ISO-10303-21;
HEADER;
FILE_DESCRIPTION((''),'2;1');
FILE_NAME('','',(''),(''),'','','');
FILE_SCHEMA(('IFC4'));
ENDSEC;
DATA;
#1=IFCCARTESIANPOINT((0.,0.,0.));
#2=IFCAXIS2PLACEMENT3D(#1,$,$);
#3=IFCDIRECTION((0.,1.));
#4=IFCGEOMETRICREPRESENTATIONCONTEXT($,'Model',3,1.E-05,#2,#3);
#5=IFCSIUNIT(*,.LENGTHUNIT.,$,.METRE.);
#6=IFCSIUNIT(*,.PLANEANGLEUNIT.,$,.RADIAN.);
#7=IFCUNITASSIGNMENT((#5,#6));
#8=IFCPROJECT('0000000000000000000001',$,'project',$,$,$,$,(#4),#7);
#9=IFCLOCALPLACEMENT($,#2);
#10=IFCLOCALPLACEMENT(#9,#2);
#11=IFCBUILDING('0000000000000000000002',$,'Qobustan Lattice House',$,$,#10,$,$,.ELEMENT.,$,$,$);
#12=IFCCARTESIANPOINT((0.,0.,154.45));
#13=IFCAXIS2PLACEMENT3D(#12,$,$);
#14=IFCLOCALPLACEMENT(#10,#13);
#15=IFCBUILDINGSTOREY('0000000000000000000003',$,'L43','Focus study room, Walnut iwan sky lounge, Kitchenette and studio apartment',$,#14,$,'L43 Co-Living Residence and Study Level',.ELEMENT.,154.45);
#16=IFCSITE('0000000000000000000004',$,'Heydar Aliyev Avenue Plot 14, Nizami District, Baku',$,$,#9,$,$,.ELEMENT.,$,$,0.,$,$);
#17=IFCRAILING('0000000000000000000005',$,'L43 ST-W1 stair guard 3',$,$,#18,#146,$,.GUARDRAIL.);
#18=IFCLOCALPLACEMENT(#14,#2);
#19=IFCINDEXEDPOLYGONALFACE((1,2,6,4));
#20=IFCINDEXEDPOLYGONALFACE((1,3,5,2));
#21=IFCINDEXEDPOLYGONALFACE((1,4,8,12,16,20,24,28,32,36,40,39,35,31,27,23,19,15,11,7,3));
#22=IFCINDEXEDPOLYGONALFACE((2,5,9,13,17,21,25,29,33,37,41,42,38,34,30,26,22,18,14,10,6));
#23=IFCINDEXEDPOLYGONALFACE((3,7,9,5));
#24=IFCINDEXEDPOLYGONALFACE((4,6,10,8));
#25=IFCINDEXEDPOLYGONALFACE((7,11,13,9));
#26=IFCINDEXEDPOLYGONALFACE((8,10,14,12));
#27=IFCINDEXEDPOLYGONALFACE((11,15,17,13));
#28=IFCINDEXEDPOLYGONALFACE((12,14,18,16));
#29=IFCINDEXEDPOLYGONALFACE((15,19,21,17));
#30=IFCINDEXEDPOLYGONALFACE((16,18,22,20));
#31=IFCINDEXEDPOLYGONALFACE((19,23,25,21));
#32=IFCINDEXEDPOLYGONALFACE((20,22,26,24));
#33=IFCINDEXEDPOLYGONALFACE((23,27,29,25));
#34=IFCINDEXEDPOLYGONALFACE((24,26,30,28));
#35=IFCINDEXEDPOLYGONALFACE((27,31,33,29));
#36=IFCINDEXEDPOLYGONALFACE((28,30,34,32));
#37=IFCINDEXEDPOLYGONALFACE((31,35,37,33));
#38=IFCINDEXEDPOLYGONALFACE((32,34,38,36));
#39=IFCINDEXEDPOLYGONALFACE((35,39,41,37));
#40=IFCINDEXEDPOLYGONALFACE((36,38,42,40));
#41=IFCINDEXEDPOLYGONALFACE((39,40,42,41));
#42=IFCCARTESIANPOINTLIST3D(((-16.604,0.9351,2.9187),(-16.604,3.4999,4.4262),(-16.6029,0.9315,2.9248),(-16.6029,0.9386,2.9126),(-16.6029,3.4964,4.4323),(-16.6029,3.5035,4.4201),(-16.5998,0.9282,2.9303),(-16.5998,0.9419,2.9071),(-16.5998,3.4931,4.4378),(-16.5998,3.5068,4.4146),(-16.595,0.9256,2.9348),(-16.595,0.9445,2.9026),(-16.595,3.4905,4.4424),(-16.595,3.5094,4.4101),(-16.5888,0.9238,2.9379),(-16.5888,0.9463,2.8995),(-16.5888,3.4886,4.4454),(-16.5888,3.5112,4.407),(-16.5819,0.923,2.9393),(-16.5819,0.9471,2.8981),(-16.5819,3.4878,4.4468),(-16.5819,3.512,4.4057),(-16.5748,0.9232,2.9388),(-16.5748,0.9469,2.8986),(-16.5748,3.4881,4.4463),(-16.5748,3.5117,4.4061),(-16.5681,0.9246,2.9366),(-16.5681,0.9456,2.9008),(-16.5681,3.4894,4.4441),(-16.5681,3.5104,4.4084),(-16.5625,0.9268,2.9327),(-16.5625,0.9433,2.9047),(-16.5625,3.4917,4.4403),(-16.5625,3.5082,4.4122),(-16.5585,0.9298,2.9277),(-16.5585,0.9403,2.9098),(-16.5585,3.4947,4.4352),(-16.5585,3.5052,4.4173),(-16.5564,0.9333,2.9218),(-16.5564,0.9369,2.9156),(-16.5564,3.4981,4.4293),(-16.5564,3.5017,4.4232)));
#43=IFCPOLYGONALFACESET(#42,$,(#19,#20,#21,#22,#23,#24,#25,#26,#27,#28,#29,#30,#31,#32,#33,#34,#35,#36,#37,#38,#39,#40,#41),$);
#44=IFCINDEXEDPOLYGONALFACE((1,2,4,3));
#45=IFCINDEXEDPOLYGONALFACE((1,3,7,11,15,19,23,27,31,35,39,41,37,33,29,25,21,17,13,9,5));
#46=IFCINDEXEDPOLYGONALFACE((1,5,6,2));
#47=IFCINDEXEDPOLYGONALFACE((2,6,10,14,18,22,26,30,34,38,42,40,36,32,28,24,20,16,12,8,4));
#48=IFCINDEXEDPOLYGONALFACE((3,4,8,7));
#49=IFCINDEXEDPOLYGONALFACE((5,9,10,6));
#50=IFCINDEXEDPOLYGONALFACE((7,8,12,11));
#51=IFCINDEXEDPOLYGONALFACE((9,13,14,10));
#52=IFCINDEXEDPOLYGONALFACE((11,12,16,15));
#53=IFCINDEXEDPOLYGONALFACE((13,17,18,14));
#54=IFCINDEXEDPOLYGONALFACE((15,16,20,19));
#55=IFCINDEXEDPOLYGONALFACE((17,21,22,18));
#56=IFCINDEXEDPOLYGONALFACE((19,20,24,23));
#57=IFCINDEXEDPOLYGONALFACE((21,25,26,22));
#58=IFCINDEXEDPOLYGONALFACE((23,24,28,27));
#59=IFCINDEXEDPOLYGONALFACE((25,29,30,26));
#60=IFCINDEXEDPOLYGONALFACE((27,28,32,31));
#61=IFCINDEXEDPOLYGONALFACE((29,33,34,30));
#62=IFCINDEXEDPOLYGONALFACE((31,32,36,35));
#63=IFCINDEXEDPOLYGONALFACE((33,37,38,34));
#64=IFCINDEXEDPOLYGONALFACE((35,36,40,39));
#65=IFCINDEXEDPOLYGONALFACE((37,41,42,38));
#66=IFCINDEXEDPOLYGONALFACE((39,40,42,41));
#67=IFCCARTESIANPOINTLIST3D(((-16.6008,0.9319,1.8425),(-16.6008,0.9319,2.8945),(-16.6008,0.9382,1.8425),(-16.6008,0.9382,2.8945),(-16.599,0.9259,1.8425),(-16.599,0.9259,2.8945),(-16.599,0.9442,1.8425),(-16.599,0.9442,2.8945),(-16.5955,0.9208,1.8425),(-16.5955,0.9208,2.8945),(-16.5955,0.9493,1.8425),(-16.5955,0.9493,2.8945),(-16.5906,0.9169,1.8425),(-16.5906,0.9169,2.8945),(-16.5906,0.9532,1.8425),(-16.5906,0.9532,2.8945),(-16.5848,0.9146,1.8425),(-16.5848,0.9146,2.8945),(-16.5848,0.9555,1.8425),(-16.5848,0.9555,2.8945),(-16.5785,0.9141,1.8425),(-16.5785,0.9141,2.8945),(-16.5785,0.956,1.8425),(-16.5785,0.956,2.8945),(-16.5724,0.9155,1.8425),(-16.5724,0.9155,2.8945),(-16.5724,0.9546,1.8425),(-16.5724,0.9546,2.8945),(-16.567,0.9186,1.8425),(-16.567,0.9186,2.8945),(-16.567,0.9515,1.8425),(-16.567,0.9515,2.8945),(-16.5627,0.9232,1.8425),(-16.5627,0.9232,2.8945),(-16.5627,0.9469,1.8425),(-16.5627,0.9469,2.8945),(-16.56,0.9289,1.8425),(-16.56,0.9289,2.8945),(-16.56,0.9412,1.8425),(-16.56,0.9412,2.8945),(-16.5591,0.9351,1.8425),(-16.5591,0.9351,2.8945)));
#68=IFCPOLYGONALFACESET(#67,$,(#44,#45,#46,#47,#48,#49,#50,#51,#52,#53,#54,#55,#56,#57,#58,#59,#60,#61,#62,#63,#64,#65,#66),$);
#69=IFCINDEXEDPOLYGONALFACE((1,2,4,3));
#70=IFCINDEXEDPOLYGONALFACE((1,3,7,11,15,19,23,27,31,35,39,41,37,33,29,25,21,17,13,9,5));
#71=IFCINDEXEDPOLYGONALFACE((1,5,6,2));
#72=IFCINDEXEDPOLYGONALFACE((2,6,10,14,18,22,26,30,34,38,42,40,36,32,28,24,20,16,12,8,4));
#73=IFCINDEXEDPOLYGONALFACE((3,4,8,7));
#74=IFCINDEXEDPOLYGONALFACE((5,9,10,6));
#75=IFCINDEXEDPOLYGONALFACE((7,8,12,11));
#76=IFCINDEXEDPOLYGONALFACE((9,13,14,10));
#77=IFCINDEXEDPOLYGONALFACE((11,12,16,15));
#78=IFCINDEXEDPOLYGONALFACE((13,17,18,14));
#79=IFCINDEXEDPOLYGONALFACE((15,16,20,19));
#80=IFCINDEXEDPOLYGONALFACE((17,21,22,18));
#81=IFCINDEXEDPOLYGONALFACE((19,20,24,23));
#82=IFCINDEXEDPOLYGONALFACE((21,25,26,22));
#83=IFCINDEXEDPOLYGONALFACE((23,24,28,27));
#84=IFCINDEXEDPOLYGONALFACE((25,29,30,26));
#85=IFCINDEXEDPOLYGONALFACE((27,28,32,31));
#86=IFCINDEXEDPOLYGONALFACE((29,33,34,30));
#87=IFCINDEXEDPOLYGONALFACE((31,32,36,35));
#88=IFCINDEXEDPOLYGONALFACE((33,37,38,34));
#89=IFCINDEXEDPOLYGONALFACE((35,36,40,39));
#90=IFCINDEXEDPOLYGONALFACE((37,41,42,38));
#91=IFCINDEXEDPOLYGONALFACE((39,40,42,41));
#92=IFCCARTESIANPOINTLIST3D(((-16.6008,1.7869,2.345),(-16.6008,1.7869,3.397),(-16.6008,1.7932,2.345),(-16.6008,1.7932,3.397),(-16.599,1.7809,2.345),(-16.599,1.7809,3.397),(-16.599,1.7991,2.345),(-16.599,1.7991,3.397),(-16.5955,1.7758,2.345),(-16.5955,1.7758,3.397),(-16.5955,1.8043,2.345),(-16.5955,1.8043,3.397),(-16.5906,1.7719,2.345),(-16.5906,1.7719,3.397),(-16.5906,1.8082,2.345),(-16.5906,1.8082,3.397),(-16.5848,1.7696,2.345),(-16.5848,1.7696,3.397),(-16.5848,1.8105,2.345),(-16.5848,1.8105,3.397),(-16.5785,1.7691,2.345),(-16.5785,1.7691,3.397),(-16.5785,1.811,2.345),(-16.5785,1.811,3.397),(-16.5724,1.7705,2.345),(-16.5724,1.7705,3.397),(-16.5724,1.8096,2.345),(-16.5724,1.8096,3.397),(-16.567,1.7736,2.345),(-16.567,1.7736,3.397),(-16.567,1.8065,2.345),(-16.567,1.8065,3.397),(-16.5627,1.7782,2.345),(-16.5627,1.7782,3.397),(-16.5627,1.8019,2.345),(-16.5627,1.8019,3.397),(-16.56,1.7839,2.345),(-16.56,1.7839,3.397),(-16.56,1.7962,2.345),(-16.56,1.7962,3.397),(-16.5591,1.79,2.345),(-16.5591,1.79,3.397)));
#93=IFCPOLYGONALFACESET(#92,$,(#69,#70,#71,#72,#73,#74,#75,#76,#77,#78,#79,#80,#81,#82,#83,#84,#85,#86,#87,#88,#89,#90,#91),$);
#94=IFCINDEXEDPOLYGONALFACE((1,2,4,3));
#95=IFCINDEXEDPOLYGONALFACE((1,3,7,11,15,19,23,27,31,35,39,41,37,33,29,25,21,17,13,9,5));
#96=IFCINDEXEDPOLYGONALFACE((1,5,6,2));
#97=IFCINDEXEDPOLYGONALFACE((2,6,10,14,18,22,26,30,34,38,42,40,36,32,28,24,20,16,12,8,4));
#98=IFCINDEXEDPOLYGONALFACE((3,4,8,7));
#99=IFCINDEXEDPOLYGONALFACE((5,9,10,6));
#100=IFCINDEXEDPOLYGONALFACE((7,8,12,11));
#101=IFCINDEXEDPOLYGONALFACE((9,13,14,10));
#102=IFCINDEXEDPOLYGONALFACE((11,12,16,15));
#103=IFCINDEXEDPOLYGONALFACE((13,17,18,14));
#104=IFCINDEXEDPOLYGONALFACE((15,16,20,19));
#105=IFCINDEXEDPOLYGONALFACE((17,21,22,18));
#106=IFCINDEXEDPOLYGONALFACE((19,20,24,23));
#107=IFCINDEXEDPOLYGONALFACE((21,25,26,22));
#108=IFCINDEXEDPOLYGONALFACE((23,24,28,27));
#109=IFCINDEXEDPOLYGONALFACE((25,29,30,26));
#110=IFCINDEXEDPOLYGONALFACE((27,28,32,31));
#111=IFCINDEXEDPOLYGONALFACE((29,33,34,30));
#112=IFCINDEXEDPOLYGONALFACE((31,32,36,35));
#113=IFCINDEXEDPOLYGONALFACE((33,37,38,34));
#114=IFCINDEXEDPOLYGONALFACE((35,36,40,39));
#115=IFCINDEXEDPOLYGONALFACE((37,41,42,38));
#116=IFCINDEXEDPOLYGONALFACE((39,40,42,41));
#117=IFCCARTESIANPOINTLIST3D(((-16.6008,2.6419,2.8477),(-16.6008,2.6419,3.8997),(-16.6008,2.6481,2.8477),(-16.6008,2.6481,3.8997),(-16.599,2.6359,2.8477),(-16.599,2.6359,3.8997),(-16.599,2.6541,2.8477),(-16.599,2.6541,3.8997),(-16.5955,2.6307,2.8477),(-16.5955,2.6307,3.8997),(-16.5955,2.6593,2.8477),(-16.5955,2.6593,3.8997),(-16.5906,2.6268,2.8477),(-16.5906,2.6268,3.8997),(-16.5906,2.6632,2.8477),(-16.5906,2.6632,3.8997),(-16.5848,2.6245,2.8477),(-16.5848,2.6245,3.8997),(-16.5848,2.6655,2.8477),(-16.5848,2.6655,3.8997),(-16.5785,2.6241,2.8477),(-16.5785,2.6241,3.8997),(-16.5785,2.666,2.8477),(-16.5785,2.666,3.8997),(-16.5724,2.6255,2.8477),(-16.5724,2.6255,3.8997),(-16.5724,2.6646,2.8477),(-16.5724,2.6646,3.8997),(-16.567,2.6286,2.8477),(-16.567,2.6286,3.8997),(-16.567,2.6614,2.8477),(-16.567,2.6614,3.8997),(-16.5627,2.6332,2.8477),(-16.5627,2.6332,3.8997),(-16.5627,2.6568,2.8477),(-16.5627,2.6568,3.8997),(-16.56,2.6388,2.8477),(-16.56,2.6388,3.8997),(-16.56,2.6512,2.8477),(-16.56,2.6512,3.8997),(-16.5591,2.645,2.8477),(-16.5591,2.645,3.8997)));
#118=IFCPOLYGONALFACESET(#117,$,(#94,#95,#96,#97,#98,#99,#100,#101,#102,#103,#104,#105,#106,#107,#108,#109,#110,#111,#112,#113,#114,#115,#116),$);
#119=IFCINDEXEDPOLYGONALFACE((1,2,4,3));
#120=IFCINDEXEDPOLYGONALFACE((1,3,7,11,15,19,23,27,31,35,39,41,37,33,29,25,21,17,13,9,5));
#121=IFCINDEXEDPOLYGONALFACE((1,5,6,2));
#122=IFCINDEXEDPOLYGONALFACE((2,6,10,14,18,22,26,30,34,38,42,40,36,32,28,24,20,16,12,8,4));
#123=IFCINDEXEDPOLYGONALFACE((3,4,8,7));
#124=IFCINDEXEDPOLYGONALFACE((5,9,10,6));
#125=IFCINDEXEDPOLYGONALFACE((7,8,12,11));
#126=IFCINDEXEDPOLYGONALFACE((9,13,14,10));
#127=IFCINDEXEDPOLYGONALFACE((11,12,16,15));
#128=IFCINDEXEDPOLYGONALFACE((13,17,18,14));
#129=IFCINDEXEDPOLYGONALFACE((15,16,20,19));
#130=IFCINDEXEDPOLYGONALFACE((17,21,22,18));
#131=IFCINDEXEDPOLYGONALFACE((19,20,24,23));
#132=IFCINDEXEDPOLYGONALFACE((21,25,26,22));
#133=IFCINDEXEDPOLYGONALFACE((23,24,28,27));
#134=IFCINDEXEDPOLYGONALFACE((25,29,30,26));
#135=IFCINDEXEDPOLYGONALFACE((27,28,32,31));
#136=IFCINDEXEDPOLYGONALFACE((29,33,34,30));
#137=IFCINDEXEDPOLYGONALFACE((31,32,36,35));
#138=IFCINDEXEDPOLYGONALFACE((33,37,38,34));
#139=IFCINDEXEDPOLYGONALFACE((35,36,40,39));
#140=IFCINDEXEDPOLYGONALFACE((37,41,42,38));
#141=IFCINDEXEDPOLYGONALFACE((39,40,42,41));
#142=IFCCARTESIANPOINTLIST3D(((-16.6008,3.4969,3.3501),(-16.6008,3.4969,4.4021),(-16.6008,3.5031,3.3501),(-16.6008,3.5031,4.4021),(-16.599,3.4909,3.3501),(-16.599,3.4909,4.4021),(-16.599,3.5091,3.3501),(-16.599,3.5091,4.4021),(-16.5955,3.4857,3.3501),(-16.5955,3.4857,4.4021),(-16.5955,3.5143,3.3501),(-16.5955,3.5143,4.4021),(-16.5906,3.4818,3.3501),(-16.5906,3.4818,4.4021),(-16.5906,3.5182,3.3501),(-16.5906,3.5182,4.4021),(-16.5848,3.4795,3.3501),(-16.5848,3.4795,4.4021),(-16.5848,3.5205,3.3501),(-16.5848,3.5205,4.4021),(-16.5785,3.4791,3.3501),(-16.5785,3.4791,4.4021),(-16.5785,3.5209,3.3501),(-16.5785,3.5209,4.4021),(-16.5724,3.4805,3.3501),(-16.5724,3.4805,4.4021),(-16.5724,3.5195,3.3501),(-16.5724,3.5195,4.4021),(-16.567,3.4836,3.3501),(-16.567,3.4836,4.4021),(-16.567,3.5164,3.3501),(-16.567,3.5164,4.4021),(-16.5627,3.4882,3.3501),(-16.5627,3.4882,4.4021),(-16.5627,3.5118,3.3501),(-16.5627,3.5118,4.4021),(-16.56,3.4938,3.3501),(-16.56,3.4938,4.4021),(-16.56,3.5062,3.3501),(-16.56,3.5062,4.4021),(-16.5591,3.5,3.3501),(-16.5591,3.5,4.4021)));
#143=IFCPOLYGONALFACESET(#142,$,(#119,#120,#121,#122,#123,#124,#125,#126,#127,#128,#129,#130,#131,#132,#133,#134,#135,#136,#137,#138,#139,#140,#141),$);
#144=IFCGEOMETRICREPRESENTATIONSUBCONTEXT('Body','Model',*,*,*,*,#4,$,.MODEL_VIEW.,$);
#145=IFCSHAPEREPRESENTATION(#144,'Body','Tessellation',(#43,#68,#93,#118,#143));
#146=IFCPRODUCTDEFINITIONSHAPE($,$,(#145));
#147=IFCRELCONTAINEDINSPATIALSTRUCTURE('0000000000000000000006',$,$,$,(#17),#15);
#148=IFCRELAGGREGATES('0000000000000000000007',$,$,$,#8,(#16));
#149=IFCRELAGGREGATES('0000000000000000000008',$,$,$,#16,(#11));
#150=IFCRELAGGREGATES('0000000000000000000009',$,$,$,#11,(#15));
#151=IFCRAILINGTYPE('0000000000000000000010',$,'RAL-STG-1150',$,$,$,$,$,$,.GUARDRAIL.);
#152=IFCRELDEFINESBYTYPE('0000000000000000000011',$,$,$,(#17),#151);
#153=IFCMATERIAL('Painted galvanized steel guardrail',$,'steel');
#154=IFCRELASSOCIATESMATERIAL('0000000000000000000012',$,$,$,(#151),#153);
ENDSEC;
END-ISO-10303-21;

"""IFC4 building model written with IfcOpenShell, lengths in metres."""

from ifc_helpers import new_model, si_unit, direction, frame, origin, origin_2d, place, context, subcontext, project, spatial, circle, extrude, material, type_object, element, save


model = new_model("IFC4")

# Units and contexts
model_context = context("Model", 3, precision=1e-05, world=origin(), true_north=direction((0.0, 1.0)))
body_context = subcontext(model_context, "Body", "Model", "MODEL_VIEW")
ifc_project = project(units=[si_unit("LENGTHUNIT", "METRE"), si_unit("PLANEANGLEUNIT", "RADIAN")], contexts=[model_context])

# Site, building, storey
site_placement = place(None, origin())
site = spatial("IfcSite", under=ifc_project, at=site_placement, Name="Heydar Aliyev Avenue Plot 14, Nizami District, Baku", CompositionType="ELEMENT", RefElevation=0.0)
building_placement = place(site_placement, origin())
building = spatial("IfcBuilding", under=site, at=building_placement, Name="Qobustan Lattice House", CompositionType="ELEMENT")
storey_placement = place(building_placement, frame((0.0, 0.0, 154.45)))
storey = spatial("IfcBuildingStorey", under=building, at=storey_placement, Name="L43", Description="Focus study room, Walnut iwan sky lounge, Kitchenette and studio apartment", LongName="L43 Co-Living Residence and Study Level", CompositionType="ELEMENT", Elevation=154.45)

# Railing
ifc_material_1 = material(Name="Painted galvanized steel guardrail", Category="steel")
railing_type = type_object("IfcRailingType", Name="RAL-STG-1150", PredefinedType="GUARDRAIL", material=ifc_material_1)
railing_1_placement = place(storey_placement, frame((-16.5801, 0.9351, 1.8425)))
element("IfcRailing", 1, at=railing_1_placement, inside=storey, type_object=railing_type, Name="L43 ST-W1 stair guard 3", PredefinedType="GUARDRAIL", context=body_context, shape_type="SweptSolid", body=[
    extrude(circle(Radius=0.0239, at=origin_2d()), frame((0.0, 0.0, 1.0762), z_axis=(0.0, 0.862113, 0.506715), x_axis=(-1.0, 0.0, 0.0)), (0.0, 0.0, 1.0), 2.9751),
    extrude(circle(Radius=0.021, at=origin_2d()), origin(), (0.0, 0.0, 1.0), 1.052),
    extrude(circle(Radius=0.021, at=origin_2d()), frame((0.0, 0.855, 0.5024)), (0.0, 0.0, 1.0), 1.052),
    extrude(circle(Radius=0.021, at=origin_2d()), frame((0.0, 1.71, 1.0051)), (0.0, 0.0, 1.0), 1.052),
    extrude(circle(Radius=0.021, at=origin_2d()), frame((0.0, 2.5649, 1.5076)), (0.0, 0.0, 1.0), 1.052),
])

save(model, "model.ifc")
